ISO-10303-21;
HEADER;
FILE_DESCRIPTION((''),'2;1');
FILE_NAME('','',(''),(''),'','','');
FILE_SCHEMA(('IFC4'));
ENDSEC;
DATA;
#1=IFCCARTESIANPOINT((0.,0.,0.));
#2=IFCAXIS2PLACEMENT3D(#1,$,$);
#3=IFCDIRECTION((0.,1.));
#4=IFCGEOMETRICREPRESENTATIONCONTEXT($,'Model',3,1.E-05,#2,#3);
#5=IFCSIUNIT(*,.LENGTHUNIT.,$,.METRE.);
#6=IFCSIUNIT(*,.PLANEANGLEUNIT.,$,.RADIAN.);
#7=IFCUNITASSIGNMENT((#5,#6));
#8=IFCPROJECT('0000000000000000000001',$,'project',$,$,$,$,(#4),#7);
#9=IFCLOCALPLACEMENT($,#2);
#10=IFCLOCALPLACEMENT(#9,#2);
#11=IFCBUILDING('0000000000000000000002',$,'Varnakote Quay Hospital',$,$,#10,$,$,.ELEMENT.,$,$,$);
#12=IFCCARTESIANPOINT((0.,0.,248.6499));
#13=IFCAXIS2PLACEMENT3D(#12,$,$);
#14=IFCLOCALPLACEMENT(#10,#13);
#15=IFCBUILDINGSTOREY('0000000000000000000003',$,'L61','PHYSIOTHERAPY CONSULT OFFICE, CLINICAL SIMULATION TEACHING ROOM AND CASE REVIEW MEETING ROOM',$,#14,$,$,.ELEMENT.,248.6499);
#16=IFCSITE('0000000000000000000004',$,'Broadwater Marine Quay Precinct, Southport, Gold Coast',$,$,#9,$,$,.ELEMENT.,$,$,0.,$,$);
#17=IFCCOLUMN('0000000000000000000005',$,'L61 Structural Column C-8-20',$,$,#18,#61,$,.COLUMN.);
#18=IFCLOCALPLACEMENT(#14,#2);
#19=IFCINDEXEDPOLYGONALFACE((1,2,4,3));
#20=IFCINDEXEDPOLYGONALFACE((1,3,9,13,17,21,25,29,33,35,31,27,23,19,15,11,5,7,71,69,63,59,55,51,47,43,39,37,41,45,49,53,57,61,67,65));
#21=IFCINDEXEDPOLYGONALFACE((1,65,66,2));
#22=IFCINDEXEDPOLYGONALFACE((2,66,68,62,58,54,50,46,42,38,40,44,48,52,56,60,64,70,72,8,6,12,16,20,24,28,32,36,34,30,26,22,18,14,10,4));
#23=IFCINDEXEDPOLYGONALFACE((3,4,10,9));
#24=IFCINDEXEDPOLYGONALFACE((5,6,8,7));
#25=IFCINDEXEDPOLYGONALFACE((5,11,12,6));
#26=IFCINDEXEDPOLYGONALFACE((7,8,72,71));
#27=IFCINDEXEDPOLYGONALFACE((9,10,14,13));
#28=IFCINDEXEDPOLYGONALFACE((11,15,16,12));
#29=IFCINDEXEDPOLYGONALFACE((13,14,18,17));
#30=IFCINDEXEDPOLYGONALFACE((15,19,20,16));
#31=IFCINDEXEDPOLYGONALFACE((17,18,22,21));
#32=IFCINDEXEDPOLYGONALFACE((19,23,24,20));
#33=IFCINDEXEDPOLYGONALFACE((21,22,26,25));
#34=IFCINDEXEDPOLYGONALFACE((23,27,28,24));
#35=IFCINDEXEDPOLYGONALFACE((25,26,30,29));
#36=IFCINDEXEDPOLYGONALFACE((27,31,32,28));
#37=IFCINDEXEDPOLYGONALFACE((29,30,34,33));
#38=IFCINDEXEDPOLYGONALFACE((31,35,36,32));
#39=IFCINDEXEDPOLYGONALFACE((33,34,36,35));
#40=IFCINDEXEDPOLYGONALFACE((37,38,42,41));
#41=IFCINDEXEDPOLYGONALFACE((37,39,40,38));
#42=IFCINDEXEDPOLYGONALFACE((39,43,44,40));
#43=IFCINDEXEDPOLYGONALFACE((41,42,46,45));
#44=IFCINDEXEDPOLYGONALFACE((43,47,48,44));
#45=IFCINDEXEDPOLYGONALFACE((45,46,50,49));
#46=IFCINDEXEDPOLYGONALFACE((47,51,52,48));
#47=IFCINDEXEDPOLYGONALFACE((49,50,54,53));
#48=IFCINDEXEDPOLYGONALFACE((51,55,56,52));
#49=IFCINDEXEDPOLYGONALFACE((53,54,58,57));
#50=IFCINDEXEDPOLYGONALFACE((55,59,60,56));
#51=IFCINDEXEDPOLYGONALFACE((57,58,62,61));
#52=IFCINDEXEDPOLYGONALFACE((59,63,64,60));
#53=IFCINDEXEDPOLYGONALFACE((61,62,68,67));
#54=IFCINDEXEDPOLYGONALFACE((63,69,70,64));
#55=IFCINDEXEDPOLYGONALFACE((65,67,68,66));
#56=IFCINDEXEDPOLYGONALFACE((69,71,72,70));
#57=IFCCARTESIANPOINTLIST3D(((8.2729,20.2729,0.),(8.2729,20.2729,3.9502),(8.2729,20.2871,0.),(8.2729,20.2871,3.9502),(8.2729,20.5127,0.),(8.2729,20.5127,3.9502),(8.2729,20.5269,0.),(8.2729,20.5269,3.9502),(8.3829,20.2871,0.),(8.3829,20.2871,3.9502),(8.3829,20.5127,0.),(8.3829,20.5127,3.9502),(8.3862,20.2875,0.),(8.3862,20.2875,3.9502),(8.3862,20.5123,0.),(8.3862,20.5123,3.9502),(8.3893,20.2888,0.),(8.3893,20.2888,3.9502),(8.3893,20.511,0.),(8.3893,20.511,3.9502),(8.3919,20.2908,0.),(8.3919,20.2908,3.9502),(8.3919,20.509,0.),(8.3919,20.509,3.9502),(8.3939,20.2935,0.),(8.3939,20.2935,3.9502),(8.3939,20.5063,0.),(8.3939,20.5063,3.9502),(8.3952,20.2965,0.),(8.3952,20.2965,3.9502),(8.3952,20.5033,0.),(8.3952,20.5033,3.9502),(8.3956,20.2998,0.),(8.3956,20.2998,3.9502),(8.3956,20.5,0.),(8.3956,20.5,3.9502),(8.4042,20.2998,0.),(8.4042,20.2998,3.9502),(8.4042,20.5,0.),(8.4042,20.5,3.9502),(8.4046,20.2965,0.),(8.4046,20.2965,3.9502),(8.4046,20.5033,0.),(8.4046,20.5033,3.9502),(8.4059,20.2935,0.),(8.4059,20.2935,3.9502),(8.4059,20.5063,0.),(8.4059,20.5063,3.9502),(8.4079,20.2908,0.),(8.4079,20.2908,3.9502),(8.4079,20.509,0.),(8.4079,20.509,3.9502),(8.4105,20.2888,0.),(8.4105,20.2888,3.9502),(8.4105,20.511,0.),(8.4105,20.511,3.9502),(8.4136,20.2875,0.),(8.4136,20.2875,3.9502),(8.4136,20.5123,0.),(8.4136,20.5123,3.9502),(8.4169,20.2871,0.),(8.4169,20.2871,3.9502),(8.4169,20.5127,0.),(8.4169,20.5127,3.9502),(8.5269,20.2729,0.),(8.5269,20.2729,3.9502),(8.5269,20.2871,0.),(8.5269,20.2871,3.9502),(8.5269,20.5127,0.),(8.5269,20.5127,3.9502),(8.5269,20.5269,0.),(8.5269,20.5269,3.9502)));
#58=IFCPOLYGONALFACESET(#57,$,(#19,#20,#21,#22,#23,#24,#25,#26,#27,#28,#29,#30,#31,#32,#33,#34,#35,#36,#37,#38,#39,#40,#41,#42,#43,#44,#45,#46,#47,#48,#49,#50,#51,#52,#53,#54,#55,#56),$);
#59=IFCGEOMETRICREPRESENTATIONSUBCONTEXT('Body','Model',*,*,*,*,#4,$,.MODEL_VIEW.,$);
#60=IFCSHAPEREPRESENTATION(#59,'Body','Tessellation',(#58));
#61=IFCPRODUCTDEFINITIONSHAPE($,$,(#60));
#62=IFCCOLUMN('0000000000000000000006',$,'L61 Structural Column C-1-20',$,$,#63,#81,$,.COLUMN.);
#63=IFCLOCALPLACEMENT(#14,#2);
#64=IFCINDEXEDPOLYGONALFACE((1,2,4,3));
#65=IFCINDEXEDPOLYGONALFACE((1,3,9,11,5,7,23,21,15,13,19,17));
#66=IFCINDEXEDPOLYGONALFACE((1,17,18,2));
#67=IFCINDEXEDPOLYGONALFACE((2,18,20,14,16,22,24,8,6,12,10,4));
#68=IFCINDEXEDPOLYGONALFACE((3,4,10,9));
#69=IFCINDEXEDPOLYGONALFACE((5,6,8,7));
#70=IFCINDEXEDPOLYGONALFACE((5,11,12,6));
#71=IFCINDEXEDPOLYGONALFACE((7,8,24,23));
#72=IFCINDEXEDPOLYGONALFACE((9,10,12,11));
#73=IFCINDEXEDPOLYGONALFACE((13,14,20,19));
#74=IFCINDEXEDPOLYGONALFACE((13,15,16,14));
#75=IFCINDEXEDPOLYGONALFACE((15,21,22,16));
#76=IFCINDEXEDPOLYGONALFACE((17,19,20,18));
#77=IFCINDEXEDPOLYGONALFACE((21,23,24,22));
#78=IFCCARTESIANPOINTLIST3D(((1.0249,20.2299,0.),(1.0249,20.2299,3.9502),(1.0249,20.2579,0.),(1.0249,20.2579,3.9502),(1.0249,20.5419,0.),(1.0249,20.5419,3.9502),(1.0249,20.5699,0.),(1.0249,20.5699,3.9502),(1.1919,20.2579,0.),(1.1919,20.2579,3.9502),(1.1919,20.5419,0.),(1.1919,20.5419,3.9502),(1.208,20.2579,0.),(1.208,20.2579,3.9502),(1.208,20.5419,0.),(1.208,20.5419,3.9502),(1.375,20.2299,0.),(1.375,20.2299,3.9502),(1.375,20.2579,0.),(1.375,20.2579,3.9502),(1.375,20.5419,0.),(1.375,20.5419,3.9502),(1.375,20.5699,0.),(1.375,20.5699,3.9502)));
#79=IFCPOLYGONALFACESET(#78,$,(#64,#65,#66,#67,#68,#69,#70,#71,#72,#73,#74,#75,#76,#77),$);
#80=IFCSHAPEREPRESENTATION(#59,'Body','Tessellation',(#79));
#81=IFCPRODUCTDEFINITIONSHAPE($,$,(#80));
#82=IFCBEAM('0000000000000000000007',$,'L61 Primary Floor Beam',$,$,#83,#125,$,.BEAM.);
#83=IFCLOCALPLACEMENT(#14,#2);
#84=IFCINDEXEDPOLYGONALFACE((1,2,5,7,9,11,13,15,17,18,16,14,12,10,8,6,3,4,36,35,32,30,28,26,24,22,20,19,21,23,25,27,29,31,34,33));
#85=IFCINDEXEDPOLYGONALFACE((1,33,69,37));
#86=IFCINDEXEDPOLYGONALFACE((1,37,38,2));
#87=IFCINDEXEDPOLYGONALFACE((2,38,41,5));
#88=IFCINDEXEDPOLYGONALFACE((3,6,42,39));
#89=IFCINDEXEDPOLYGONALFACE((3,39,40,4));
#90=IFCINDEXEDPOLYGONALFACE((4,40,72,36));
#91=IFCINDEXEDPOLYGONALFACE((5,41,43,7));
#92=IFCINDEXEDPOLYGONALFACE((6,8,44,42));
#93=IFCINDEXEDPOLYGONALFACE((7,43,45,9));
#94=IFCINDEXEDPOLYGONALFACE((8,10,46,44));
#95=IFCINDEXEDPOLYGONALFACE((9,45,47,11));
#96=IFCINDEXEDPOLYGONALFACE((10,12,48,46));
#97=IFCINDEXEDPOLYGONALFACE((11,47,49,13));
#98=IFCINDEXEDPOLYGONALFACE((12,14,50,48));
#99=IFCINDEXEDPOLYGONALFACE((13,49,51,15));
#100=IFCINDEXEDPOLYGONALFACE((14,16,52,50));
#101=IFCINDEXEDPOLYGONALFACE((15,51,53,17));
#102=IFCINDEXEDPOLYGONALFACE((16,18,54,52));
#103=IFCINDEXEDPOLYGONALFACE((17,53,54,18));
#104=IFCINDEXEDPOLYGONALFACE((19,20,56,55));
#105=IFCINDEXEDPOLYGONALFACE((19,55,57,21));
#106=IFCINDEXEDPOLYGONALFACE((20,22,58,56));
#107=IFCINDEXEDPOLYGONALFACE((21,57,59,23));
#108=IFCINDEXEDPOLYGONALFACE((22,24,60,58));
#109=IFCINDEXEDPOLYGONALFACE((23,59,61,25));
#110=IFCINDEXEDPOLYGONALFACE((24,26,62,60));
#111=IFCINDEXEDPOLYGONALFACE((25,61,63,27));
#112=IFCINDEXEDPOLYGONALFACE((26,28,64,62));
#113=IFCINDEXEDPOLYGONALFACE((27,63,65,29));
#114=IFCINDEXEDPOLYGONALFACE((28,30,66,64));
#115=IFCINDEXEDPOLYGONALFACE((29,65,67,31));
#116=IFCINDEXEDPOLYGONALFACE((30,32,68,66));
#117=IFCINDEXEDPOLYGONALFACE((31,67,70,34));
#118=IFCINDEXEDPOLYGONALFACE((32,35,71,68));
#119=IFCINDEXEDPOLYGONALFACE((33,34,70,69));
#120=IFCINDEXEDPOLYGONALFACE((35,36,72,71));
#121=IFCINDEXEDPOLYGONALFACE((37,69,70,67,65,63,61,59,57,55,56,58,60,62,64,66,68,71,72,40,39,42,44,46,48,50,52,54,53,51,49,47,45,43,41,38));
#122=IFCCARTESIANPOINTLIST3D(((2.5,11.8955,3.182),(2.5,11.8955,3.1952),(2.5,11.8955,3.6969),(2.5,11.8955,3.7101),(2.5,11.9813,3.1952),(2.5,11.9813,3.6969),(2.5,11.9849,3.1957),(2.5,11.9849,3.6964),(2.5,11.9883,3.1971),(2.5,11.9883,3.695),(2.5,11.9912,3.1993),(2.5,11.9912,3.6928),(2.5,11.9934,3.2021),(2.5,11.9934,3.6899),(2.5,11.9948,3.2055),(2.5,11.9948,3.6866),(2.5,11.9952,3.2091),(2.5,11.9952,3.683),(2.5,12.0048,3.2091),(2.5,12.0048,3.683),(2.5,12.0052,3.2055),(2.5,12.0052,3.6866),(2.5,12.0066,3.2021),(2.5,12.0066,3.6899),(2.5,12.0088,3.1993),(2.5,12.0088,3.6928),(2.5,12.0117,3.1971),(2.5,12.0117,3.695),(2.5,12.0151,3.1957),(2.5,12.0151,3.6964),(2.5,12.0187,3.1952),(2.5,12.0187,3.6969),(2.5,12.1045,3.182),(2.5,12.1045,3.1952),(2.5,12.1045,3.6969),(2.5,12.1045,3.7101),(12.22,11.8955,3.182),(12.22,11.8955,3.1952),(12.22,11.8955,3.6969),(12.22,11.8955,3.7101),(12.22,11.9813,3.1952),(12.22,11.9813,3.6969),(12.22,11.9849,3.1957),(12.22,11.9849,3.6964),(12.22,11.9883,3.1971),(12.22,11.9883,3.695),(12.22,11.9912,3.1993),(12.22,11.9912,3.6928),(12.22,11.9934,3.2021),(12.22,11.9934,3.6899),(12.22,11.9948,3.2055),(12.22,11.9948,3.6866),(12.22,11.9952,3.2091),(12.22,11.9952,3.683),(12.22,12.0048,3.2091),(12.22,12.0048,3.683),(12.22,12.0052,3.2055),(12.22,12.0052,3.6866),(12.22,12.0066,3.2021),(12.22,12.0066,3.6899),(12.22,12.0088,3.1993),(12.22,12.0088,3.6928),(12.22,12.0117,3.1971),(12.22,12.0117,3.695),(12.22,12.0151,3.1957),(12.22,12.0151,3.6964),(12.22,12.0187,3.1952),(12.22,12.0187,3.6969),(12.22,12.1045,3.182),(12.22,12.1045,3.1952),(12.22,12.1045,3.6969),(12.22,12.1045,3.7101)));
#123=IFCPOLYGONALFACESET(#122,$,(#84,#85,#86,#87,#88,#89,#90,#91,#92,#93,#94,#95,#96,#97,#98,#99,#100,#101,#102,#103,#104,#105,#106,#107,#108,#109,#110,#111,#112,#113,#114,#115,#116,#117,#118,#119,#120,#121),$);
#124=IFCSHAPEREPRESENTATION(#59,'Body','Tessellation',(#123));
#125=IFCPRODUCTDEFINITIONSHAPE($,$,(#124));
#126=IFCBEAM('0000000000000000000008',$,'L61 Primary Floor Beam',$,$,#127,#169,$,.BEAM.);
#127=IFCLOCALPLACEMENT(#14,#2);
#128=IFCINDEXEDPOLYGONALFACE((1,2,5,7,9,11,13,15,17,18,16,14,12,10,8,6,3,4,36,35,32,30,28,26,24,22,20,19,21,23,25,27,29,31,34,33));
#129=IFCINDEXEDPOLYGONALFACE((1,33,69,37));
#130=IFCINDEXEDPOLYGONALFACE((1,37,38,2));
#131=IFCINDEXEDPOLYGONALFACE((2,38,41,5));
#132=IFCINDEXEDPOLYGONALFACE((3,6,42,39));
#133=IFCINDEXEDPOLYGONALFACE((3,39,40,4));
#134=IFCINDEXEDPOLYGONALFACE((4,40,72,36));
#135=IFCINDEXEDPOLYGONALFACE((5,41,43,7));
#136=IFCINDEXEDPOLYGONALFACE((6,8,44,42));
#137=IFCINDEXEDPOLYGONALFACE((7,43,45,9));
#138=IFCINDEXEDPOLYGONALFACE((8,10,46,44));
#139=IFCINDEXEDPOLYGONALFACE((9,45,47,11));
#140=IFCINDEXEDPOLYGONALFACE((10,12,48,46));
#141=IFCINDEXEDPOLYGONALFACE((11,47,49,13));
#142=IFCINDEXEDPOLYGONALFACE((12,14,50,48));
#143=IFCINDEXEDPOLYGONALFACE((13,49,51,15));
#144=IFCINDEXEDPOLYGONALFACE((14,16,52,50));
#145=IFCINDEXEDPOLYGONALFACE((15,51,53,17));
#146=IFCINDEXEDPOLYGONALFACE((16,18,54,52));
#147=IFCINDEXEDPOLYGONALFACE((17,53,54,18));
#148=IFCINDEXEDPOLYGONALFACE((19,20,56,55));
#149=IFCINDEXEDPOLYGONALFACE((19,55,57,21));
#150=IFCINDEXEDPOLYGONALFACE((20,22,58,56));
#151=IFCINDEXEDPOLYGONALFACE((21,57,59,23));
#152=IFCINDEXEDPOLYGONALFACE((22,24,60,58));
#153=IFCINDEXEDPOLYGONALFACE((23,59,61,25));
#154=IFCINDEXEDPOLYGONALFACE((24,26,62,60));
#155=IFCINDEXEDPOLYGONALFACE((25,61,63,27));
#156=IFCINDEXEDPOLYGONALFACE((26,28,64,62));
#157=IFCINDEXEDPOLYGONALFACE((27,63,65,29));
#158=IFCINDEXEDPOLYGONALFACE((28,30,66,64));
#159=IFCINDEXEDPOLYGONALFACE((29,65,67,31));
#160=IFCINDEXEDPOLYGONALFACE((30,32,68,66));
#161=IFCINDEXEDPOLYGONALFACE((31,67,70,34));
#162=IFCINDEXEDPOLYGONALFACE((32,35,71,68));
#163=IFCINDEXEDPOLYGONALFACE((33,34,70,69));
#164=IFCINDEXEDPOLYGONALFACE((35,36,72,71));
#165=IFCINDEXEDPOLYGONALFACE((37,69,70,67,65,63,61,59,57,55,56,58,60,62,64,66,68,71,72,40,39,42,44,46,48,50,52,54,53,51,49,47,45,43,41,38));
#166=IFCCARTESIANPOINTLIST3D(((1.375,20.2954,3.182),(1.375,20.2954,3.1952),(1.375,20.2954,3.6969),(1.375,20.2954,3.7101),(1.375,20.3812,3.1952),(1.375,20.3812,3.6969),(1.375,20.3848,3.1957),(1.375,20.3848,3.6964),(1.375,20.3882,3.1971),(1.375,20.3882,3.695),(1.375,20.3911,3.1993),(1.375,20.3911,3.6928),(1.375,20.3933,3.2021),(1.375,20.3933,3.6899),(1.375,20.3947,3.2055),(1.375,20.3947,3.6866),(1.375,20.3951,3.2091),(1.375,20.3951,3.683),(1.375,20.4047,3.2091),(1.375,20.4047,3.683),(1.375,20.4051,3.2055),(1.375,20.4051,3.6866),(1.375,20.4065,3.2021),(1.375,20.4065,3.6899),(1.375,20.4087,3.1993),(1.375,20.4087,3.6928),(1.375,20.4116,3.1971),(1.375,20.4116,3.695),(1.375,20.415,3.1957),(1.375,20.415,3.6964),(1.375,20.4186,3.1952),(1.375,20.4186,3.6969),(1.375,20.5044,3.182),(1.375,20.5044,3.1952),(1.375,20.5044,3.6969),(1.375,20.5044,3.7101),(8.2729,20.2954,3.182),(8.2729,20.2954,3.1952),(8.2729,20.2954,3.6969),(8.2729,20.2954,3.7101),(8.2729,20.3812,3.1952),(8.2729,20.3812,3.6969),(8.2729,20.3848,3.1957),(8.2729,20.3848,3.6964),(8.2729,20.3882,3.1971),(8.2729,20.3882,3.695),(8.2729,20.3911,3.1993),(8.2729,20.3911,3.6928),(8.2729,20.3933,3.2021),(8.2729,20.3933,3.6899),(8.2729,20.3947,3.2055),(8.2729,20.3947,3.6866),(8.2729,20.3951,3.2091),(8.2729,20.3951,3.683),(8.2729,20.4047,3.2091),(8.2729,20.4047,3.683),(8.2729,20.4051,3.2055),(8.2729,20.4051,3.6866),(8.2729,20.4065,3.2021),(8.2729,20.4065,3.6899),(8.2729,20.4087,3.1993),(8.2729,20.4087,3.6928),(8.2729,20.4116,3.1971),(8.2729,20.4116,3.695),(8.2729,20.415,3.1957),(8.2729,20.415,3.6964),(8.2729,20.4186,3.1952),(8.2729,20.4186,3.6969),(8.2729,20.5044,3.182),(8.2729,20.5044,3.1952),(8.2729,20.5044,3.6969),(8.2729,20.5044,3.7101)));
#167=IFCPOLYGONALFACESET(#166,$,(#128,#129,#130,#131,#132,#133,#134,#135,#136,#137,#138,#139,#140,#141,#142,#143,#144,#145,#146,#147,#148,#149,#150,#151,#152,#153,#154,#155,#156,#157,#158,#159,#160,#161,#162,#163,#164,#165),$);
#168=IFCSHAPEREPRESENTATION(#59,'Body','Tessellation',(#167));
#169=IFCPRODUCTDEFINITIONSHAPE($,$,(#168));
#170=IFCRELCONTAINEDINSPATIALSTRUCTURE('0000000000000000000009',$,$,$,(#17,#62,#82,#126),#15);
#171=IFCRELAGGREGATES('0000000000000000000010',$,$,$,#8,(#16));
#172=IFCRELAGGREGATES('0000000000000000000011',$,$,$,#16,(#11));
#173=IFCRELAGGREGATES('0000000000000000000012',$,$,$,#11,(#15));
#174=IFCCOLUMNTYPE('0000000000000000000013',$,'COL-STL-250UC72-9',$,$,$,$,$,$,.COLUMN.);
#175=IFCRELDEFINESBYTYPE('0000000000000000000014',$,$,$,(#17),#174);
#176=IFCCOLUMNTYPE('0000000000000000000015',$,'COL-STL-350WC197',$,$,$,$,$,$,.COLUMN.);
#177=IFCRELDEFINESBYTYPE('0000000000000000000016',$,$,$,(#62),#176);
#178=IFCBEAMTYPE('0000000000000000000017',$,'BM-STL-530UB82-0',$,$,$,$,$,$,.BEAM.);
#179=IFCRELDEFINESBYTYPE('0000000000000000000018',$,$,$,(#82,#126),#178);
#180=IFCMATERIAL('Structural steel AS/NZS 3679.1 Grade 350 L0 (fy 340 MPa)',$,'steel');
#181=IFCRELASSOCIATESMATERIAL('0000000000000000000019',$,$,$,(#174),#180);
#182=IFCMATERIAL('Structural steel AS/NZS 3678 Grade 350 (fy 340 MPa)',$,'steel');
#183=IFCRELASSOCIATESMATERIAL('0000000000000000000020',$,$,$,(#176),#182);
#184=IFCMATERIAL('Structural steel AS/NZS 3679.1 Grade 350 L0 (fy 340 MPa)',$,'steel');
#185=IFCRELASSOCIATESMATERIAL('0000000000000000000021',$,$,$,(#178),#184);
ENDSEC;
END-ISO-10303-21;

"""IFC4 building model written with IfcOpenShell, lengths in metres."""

from ifc_helpers import new_model, si_unit, direction, frame, origin, origin_2d, place, context, subcontext, project, spatial, i_section, extrude, material, material_profile, profile_set, type_object, element, save


model = new_model("IFC4")

# Units and contexts
model_context = context("Model", 3, precision=1e-05, world=origin(), true_north=direction((0.0, 1.0)))
body_context = subcontext(model_context, "Body", "Model", "MODEL_VIEW")
ifc_project = project(units=[si_unit("LENGTHUNIT", "METRE"), si_unit("PLANEANGLEUNIT", "RADIAN")], contexts=[model_context])

# Site, building, storey
site_placement = place(None, origin())
site = spatial("IfcSite", under=ifc_project, at=site_placement, Name="Broadwater Marine Quay Precinct, Southport, Gold Coast", CompositionType="ELEMENT", RefElevation=0.0)
building_placement = place(site_placement, origin())
building = spatial("IfcBuilding", under=site, at=building_placement, Name="Varnakote Quay Hospital", CompositionType="ELEMENT")
storey_placement = place(building_placement, frame((0.0, 0.0, 248.6499)))
storey = spatial("IfcBuildingStorey", under=building, at=storey_placement, Name="L61", Description="PHYSIOTHERAPY CONSULT OFFICE, CLINICAL SIMULATION TEACHING ROOM AND CASE REVIEW MEETING ROOM", CompositionType="ELEMENT", Elevation=248.6499)

# Columns
ifc_material_1 = material(Name="Structural steel AS/NZS 3679.1 Grade 350 L0 (fy 340 MPa)", Category="steel")
ifc_material_profile_1 = material_profile(ifc_material_1, i_section(OverallWidth=0.2539, OverallDepth=0.2539, WebThickness=0.0085, FlangeThickness=0.0142, FilletRadius=0.0127, at=origin_2d()), Name="250UC72.9")
ifc_profile_set_1 = profile_set([ifc_material_profile_1], Name="Structural steel AS/NZS 3679.1 Grade 350 L0 (fy 340 MPa)")
column_type_1 = type_object("IfcColumnType", Name="COL-STL-250UC72-9", PredefinedType="COLUMN", material=ifc_profile_set_1)
column_1_placement = place(storey_placement, frame((8.3999, 20.3999, 0.0), z_axis=(0.0, 0.0, 1.0), x_axis=(1.0, 0.0, 0.0)))
element("IfcColumn", 1, at=column_1_placement, inside=storey, type_object=column_type_1, Name="L61 Structural Column C-8-20", PredefinedType="COLUMN", context=body_context, shape_type="SweptSolid", body=[
    extrude(i_section(OverallWidth=0.2539, OverallDepth=0.2539, WebThickness=0.0085, FlangeThickness=0.0142, FilletRadius=0.0127, at=origin_2d()), origin(), (0.0, 0.0, 1.0), 3.9502),
])
ifc_material_2 = material(Name="Structural steel AS/NZS 3678 Grade 350 (fy 340 MPa)", Category="steel")
ifc_material_profile_2 = material_profile(ifc_material_2, i_section(OverallWidth=0.3501, OverallDepth=0.3401, WebThickness=0.0161, FlangeThickness=0.0281, at=origin_2d()), Name="350WC197")
ifc_profile_set_2 = profile_set([ifc_material_profile_2], Name="Structural steel AS/NZS 3678 Grade 350 (fy 340 MPa)")
column_type_2 = type_object("IfcColumnType", Name="COL-STL-350WC197", PredefinedType="COLUMN", material=ifc_profile_set_2)
column_2_placement = place(storey_placement, frame((1.2, 20.3999, 0.0), z_axis=(0.0, 0.0, 1.0), x_axis=(1.0, 0.0, 0.0)))
element("IfcColumn", 2, at=column_2_placement, inside=storey, type_object=column_type_2, Name="L61 Structural Column C-1-20", PredefinedType="COLUMN", context=body_context, shape_type="SweptSolid", body=[
    extrude(i_section(OverallWidth=0.3501, OverallDepth=0.3401, WebThickness=0.0161, FlangeThickness=0.0281, at=origin_2d()), origin(), (0.0, 0.0, 1.0), 3.9502),
])

# Beams
ifc_material_3 = material(Name="Structural steel AS/NZS 3679.1 Grade 350 L0 (fy 340 MPa)", Category="steel")
ifc_material_profile_3 = material_profile(ifc_material_3, i_section(OverallWidth=0.209, OverallDepth=0.5281, WebThickness=0.0095, FlangeThickness=0.0132, FilletRadius=0.0139, at=origin_2d()), Name="530UB82.0")
ifc_profile_set_3 = profile_set([ifc_material_profile_3], Name="Structural steel AS/NZS 3679.1 Grade 350 L0 (fy 340 MPa)")
beam_type_1 = type_object("IfcBeamType", Name="BM-STL-530UB82-0", PredefinedType="BEAM", material=ifc_profile_set_3)
beam_1_placement = place(storey_placement, frame((2.5, 12.0, 3.446), z_axis=(1.0, 0.0, 0.0), x_axis=(0.0, 1.0, 0.0)))
element("IfcBeam", 3, at=beam_1_placement, inside=storey, type_object=beam_type_1, Name="L61 Primary Floor Beam", PredefinedType="BEAM", context=body_context, shape_type="SweptSolid", body=[
    extrude(i_section(OverallWidth=0.209, OverallDepth=0.5281, WebThickness=0.0095, FlangeThickness=0.0132, FilletRadius=0.0139, at=origin_2d()), origin(), (0.0, 0.0, 1.0), 9.72),
])
beam_2_placement = place(storey_placement, frame((1.375, 20.3999, 3.446), z_axis=(1.0, 0.0, 0.0), x_axis=(0.0, 1.0, 0.0)))
element("IfcBeam", 4, at=beam_2_placement, inside=storey, type_object=beam_type_1, Name="L61 Primary Floor Beam", PredefinedType="BEAM", context=body_context, shape_type="SweptSolid", body=[
    extrude(i_section(OverallWidth=0.209, OverallDepth=0.5281, WebThickness=0.0095, FlangeThickness=0.0132, FilletRadius=0.0139, at=origin_2d()), origin(), (0.0, 0.0, 1.0), 6.8979),
])

save(model, "model.ifc")
